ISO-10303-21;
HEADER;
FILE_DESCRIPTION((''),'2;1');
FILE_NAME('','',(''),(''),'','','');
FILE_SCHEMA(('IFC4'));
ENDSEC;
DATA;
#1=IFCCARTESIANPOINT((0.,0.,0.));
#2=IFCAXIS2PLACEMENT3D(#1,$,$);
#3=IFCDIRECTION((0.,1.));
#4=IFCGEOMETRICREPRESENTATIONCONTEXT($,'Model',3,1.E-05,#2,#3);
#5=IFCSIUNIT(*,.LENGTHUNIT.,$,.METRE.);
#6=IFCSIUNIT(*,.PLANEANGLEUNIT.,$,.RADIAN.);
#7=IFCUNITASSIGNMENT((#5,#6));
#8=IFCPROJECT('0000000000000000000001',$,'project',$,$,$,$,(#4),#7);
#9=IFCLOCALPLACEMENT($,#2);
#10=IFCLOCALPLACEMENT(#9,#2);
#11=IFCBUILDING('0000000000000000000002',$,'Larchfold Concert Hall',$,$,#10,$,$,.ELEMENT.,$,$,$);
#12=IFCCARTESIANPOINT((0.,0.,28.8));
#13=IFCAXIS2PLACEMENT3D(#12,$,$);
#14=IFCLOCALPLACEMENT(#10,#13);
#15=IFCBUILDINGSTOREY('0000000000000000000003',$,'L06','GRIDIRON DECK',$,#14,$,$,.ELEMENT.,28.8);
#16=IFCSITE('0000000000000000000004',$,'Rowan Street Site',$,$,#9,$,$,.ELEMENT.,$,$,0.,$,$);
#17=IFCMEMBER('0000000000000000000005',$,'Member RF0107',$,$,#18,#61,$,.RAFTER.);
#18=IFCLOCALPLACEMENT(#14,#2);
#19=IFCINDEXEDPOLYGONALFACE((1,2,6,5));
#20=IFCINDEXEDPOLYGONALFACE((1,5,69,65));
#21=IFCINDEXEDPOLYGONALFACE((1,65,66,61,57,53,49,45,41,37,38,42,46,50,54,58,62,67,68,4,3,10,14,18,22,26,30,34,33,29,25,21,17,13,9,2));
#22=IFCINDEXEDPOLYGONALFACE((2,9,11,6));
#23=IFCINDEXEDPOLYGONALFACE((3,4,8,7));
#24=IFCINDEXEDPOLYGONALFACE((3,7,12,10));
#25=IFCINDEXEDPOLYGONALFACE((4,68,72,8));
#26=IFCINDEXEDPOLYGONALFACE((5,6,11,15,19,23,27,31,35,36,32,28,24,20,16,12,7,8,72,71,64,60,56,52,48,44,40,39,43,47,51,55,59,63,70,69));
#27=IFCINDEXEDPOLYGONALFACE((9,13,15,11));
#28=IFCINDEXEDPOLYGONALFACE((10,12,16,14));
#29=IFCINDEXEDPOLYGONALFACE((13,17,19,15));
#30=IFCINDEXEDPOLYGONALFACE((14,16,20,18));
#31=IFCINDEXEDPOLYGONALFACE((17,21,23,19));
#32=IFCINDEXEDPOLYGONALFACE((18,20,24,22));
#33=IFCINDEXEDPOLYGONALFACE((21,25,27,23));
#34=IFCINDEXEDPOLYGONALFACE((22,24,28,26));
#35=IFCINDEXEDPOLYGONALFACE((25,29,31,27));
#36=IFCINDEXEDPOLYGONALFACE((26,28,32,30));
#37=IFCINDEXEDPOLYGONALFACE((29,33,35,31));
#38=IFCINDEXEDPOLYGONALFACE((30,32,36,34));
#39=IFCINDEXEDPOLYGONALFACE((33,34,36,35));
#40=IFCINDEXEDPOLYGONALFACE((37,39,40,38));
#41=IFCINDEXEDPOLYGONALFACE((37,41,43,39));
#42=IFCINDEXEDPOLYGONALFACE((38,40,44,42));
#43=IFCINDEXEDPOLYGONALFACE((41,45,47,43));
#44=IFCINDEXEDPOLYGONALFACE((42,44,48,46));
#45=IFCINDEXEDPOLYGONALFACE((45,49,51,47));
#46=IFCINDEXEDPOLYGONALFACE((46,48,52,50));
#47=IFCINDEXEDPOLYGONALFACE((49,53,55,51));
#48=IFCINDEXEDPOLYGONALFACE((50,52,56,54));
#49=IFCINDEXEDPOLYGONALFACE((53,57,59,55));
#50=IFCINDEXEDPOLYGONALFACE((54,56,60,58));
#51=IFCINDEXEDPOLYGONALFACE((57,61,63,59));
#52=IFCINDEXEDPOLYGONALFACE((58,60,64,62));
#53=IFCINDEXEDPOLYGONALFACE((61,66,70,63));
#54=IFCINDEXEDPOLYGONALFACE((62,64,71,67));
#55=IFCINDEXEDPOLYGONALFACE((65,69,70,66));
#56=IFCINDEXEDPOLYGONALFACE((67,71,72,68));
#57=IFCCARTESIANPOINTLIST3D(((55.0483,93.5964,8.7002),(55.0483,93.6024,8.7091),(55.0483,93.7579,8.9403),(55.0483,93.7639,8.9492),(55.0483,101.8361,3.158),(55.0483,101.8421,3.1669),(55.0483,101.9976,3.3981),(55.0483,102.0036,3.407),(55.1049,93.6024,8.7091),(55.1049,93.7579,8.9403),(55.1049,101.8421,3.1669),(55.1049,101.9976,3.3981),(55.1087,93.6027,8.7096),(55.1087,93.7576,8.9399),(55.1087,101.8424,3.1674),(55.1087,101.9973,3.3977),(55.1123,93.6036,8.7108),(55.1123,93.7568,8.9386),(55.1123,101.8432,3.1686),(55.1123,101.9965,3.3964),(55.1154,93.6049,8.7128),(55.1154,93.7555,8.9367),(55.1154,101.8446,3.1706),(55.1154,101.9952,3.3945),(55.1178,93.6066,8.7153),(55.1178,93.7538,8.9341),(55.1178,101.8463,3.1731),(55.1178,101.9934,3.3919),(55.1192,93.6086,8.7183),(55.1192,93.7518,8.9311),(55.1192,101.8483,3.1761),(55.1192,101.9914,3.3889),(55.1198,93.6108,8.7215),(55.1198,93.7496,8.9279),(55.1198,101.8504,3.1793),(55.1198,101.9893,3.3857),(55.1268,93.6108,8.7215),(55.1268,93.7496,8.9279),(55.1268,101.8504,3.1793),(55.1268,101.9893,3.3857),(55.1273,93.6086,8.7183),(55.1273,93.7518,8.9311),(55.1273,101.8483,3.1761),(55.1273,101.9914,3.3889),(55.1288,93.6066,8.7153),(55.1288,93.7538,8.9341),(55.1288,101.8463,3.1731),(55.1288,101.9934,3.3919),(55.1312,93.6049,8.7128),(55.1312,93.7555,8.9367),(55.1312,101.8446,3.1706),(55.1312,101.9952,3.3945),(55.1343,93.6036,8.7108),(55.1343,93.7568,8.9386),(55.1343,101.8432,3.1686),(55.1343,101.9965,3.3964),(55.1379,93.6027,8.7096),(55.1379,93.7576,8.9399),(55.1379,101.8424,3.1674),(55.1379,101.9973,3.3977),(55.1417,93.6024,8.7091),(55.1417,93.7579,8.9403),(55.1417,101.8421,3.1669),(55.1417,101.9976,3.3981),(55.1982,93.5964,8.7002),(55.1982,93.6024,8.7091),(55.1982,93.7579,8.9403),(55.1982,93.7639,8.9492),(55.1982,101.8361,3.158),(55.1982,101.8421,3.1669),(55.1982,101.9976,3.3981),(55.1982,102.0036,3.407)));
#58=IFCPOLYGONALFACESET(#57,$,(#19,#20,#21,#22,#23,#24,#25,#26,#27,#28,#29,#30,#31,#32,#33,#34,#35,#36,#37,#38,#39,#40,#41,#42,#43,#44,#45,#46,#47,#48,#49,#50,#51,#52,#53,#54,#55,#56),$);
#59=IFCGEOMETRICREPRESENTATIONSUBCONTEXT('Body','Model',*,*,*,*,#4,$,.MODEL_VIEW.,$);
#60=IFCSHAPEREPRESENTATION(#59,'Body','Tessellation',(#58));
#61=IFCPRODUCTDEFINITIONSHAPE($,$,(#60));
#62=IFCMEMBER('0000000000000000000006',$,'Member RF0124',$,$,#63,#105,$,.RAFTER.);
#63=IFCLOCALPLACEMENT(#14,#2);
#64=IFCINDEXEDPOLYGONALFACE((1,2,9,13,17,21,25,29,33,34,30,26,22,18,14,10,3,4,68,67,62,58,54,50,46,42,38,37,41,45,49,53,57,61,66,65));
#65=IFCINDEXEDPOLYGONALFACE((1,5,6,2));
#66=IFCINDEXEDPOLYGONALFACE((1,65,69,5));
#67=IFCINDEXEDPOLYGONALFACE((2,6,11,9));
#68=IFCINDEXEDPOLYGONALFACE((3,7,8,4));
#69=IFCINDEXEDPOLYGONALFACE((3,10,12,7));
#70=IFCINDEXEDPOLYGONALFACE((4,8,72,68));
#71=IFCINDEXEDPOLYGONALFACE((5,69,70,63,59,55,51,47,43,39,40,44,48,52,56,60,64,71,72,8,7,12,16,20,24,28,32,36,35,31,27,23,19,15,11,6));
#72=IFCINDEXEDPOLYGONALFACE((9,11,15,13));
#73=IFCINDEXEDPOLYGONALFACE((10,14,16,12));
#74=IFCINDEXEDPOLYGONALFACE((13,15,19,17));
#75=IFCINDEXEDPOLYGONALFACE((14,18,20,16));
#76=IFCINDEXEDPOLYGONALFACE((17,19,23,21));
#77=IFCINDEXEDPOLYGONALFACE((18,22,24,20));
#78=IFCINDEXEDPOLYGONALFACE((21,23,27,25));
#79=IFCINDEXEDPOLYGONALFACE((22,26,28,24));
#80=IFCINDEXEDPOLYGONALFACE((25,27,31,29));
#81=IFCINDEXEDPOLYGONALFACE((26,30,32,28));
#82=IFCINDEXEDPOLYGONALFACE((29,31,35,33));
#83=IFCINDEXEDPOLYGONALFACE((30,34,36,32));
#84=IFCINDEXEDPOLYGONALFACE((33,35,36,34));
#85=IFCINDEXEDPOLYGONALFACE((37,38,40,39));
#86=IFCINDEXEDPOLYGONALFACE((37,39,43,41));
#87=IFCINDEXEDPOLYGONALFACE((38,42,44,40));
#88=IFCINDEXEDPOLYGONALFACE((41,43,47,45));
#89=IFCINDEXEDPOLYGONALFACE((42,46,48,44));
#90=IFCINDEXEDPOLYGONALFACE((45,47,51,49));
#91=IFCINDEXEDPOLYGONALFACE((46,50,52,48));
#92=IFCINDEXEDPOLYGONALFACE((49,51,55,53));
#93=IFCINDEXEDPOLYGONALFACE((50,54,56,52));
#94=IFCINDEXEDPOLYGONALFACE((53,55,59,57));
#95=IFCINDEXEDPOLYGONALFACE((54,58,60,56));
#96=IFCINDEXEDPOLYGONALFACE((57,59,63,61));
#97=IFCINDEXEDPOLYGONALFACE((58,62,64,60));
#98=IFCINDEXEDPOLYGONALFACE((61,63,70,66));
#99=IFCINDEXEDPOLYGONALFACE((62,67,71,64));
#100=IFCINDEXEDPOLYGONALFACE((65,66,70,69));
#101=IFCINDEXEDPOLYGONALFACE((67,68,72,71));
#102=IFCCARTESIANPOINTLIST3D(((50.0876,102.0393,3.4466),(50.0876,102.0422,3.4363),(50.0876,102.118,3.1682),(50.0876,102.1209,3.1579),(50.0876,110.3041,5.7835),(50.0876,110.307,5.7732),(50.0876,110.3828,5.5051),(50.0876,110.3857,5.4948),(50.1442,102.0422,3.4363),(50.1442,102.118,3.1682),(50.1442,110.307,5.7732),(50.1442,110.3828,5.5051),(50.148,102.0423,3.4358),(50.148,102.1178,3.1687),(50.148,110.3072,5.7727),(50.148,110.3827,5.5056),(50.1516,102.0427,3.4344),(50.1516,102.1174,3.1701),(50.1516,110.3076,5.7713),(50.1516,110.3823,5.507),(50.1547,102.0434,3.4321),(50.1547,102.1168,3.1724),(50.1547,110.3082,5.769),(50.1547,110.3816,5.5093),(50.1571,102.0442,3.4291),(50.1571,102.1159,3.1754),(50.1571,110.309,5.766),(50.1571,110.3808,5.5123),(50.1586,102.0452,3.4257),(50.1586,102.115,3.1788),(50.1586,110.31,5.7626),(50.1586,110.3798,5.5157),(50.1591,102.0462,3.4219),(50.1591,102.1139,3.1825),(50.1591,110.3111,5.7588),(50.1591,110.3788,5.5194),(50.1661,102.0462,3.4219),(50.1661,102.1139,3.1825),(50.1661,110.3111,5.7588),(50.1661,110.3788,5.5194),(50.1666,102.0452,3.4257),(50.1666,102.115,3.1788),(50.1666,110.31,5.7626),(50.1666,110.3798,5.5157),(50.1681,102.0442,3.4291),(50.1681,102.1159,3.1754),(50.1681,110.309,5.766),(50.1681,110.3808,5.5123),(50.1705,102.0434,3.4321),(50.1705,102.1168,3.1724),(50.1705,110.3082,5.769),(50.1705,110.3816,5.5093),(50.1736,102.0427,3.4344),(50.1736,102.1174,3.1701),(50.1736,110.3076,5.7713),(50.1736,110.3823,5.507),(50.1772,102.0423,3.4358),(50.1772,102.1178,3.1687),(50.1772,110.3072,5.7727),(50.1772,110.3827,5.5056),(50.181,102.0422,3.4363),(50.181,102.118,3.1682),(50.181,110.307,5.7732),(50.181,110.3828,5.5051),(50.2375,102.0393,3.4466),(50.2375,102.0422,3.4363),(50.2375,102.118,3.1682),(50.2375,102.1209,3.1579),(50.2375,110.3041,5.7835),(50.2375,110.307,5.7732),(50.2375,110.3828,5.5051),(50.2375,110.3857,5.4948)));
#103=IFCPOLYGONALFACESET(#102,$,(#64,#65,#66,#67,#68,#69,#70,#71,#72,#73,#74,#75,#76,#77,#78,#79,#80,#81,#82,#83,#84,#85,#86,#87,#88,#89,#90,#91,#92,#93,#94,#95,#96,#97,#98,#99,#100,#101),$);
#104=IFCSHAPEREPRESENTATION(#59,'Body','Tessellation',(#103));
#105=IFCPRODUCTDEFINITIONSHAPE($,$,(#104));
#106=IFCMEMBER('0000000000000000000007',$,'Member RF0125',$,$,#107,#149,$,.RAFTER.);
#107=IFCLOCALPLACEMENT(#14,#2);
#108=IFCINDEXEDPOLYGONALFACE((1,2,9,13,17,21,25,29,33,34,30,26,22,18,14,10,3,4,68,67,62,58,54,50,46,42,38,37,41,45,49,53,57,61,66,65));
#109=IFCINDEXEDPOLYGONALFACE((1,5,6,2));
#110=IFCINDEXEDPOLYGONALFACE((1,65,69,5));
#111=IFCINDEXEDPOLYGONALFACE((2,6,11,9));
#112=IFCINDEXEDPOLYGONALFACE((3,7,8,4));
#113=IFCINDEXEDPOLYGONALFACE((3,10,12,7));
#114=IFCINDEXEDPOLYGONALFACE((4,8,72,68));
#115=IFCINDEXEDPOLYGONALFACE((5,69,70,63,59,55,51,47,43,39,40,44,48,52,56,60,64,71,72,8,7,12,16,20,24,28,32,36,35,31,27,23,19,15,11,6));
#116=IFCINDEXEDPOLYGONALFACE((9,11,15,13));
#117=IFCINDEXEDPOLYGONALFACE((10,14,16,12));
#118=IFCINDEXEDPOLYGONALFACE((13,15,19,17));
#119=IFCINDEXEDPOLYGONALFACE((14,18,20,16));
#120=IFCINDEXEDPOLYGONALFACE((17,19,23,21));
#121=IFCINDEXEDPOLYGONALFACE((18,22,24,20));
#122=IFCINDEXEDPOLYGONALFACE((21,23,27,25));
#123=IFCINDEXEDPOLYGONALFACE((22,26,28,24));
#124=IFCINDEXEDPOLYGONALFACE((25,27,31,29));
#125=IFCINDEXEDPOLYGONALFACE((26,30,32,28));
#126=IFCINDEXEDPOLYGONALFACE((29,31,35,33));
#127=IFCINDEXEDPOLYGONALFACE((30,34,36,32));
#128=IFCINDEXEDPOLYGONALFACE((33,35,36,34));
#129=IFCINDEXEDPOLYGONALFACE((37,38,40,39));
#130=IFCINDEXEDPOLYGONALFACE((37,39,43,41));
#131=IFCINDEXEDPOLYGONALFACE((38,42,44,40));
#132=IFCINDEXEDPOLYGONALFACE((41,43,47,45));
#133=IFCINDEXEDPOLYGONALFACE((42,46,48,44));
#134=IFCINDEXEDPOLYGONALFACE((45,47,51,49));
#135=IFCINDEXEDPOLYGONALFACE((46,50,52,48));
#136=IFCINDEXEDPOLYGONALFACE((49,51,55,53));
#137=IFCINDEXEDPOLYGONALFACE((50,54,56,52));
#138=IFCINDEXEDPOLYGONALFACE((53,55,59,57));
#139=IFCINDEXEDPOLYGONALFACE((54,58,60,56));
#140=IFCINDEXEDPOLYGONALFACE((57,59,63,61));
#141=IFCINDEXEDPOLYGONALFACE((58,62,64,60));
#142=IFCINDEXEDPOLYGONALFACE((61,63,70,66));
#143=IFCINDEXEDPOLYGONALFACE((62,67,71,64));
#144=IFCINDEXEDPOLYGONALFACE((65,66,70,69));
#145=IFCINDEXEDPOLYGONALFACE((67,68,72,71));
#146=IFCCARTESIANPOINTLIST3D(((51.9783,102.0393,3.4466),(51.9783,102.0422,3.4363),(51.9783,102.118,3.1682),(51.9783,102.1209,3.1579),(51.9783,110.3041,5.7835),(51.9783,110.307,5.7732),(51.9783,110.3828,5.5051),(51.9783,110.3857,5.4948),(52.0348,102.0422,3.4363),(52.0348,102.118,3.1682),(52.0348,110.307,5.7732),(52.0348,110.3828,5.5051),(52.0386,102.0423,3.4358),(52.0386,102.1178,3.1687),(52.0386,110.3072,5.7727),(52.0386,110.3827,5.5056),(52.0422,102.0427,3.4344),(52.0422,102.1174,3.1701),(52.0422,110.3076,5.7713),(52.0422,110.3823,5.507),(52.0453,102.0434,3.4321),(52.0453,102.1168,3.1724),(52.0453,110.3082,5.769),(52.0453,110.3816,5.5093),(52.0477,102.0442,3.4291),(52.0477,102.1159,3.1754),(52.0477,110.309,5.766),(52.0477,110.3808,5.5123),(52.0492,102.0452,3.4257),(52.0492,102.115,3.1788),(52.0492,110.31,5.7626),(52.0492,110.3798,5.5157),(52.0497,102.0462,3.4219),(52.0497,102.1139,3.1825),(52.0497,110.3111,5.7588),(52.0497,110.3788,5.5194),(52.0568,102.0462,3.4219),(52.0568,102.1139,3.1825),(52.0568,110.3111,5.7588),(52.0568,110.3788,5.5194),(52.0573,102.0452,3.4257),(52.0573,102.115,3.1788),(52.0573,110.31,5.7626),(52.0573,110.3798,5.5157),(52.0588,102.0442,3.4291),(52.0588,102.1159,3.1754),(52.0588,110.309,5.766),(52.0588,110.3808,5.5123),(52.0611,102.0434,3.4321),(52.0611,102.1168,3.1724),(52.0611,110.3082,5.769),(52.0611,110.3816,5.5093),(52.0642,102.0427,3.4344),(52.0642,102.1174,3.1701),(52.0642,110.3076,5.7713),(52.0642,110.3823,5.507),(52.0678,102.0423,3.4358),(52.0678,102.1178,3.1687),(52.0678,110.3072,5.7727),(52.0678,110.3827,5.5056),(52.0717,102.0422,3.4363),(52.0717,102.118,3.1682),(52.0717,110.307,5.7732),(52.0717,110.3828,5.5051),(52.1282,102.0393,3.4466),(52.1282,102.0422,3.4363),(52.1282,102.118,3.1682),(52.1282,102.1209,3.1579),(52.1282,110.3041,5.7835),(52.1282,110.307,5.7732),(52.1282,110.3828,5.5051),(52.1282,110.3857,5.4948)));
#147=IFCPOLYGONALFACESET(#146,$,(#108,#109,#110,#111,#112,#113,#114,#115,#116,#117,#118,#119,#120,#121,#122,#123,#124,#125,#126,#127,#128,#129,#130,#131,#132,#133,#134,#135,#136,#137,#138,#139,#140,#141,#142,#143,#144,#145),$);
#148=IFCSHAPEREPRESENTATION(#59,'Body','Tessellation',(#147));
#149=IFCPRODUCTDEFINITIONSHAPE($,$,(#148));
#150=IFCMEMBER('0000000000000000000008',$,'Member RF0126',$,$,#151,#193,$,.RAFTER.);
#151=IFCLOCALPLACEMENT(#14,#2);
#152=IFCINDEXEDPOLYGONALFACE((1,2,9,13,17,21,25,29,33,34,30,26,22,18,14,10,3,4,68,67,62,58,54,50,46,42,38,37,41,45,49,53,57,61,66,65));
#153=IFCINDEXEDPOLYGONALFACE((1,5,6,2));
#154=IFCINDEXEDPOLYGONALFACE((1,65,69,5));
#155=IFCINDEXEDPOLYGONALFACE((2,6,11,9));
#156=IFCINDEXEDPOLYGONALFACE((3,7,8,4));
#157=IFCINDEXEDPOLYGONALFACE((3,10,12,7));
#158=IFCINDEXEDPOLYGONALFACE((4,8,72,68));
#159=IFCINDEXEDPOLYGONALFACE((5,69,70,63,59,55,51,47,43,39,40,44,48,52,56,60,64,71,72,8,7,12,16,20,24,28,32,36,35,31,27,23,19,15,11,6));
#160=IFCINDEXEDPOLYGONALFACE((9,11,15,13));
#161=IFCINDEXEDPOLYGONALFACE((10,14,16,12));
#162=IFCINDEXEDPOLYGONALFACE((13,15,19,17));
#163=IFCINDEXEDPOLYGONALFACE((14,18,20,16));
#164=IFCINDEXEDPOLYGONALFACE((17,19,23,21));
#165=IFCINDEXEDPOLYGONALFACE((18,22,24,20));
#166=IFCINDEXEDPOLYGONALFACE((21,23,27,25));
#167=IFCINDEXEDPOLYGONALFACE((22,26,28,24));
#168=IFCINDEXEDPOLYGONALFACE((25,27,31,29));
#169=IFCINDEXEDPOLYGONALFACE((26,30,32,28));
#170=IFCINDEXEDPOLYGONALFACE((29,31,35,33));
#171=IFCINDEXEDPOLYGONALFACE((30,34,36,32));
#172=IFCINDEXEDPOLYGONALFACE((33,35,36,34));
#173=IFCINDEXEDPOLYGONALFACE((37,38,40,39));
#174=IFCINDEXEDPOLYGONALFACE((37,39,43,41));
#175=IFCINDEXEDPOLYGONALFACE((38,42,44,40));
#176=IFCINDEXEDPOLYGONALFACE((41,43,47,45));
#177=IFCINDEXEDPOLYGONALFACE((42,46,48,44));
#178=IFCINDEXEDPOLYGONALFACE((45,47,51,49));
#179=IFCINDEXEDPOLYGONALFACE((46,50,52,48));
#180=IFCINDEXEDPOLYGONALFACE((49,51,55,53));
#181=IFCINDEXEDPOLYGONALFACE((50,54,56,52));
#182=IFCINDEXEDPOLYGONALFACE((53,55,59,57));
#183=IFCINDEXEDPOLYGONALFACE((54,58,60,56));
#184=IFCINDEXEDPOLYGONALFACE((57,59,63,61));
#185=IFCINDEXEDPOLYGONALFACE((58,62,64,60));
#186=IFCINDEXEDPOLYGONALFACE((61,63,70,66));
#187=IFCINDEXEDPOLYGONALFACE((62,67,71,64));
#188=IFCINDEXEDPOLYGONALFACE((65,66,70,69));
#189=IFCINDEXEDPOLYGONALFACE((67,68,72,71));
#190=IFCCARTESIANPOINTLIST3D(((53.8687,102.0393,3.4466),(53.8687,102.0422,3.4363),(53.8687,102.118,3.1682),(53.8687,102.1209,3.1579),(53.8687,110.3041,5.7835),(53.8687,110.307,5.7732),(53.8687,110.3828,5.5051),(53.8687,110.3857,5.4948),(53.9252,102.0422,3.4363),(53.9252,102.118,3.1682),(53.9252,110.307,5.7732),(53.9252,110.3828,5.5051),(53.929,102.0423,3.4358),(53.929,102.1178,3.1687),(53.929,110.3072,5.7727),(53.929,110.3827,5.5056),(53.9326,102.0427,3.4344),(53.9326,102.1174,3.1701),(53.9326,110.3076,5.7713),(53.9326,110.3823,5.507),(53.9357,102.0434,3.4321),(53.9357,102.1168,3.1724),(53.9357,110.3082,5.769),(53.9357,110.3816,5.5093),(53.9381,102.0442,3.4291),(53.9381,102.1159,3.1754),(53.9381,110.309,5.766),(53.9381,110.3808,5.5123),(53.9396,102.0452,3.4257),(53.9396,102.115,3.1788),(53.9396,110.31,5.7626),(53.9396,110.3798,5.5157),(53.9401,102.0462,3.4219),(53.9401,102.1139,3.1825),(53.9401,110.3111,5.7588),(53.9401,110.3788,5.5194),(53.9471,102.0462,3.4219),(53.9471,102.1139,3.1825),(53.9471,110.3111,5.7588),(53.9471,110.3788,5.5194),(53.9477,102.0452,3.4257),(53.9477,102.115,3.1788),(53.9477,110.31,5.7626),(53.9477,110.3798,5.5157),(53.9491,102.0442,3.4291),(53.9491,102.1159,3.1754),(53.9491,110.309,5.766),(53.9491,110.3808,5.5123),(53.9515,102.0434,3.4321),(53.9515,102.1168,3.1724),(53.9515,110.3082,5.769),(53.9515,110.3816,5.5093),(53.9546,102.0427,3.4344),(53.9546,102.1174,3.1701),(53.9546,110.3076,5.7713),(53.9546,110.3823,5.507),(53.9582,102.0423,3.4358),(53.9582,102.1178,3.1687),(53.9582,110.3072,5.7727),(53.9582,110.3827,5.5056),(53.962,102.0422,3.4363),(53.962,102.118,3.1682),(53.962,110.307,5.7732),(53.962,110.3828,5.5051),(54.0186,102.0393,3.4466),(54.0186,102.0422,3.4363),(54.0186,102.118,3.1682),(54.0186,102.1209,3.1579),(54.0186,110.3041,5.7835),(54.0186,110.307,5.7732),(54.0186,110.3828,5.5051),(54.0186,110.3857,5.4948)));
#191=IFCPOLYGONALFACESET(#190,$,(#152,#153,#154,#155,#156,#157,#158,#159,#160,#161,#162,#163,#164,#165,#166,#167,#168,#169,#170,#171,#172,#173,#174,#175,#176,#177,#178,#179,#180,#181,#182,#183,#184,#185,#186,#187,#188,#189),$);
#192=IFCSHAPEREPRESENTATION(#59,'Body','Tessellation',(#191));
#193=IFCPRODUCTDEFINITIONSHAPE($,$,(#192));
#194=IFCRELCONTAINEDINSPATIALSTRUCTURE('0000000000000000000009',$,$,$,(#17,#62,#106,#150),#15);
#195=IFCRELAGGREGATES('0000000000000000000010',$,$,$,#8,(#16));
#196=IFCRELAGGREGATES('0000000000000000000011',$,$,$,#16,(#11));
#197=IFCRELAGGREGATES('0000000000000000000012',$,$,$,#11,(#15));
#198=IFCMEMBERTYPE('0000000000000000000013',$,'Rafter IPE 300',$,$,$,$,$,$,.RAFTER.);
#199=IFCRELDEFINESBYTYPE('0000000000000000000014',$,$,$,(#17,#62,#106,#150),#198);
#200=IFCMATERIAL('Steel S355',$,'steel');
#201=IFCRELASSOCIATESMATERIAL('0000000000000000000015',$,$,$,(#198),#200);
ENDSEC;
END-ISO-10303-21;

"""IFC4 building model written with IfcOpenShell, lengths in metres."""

from ifc_helpers import new_model, si_unit, direction, frame, origin, origin_2d, place, context, subcontext, project, spatial, i_section, extrude, material, material_profile, profile_set, type_object, element, save


model = new_model("IFC4")

# Units and contexts
model_context = context("Model", 3, precision=1e-05, world=origin(), true_north=direction((0.0, 1.0)))
body_context = subcontext(model_context, "Body", "Model", "MODEL_VIEW")
ifc_project = project(units=[si_unit("LENGTHUNIT", "METRE"), si_unit("PLANEANGLEUNIT", "RADIAN")], contexts=[model_context])

# Site, building, storey
site_placement = place(None, origin())
site = spatial("IfcSite", under=ifc_project, at=site_placement, Name="Rowan Street Site", CompositionType="ELEMENT", RefElevation=0.0)
building_placement = place(site_placement, origin())
building = spatial("IfcBuilding", under=site, at=building_placement, Name="Larchfold Concert Hall", CompositionType="ELEMENT")
storey_placement = place(building_placement, frame((0.0, 0.0, 28.8)))
storey = spatial("IfcBuildingStorey", under=building, at=storey_placement, Name="L06", Description="GRIDIRON DECK", CompositionType="ELEMENT", Elevation=28.8)

# Members
ifc_material_1 = material(Name="Steel S355", Category="steel")
ifc_material_profile_1 = material_profile(ifc_material_1, i_section(OverallWidth=0.1499, OverallDepth=0.3, WebThickness=0.0071, FlangeThickness=0.0107, FilletRadius=0.0149, at=origin_2d()))
ifc_profile_set_1 = profile_set([ifc_material_profile_1], Name="Steel S355")
member_type_1 = type_object("IfcMemberType", Name="Rafter IPE 300", PredefinedType="RAFTER", material=ifc_profile_set_1)
member_placement = place(storey_placement, frame((55.1233, 93.6802, 8.8247), z_axis=(0.0, 0.829762, -0.558117), x_axis=(-1.0, 0.0, 0.0)))
element("IfcMember", 1, at=member_placement, inside=storey, type_object=member_type_1, Name="Member RF0107", PredefinedType="RAFTER", context=body_context, shape_type="SweptSolid", body=[
    extrude(i_section(OverallWidth=0.1499, OverallDepth=0.3, WebThickness=0.0071, FlangeThickness=0.0107, FilletRadius=0.0149, at=origin_2d()), origin(), (0.0, 0.0, 1.0), 9.9302),
])
for number, where, z_axis, x_axis, name in (
    (2, (50.1626, 102.0801, 3.3022), (0.0, 0.962273, 0.272085), (-1.0, 0.0, 0.0), "Member RF0124"),
    (3, (52.0532, 102.0801, 3.3022), (0.0, 0.962273, 0.272085), (-1.0, 0.0, 0.0), "Member RF0125"),
    (4, (53.9436, 102.0801, 3.3022), (0.0, 0.962273, 0.272085), (-1.0, 0.0, 0.0), "Member RF0126"),
):
    element("IfcMember", number, at=place(storey_placement, frame(where, z_axis=z_axis, x_axis=x_axis)), inside=storey, type_object=member_type_1, Name=name, PredefinedType="RAFTER", context=body_context, shape_type="SweptSolid", body=[
        extrude(i_section(OverallWidth=0.1499, OverallDepth=0.3, WebThickness=0.0071, FlangeThickness=0.0107, FilletRadius=0.0149, at=origin_2d()), origin(), (0.0, 0.0, 1.0), 8.5889),
    ])

save(model, "model.ifc")
